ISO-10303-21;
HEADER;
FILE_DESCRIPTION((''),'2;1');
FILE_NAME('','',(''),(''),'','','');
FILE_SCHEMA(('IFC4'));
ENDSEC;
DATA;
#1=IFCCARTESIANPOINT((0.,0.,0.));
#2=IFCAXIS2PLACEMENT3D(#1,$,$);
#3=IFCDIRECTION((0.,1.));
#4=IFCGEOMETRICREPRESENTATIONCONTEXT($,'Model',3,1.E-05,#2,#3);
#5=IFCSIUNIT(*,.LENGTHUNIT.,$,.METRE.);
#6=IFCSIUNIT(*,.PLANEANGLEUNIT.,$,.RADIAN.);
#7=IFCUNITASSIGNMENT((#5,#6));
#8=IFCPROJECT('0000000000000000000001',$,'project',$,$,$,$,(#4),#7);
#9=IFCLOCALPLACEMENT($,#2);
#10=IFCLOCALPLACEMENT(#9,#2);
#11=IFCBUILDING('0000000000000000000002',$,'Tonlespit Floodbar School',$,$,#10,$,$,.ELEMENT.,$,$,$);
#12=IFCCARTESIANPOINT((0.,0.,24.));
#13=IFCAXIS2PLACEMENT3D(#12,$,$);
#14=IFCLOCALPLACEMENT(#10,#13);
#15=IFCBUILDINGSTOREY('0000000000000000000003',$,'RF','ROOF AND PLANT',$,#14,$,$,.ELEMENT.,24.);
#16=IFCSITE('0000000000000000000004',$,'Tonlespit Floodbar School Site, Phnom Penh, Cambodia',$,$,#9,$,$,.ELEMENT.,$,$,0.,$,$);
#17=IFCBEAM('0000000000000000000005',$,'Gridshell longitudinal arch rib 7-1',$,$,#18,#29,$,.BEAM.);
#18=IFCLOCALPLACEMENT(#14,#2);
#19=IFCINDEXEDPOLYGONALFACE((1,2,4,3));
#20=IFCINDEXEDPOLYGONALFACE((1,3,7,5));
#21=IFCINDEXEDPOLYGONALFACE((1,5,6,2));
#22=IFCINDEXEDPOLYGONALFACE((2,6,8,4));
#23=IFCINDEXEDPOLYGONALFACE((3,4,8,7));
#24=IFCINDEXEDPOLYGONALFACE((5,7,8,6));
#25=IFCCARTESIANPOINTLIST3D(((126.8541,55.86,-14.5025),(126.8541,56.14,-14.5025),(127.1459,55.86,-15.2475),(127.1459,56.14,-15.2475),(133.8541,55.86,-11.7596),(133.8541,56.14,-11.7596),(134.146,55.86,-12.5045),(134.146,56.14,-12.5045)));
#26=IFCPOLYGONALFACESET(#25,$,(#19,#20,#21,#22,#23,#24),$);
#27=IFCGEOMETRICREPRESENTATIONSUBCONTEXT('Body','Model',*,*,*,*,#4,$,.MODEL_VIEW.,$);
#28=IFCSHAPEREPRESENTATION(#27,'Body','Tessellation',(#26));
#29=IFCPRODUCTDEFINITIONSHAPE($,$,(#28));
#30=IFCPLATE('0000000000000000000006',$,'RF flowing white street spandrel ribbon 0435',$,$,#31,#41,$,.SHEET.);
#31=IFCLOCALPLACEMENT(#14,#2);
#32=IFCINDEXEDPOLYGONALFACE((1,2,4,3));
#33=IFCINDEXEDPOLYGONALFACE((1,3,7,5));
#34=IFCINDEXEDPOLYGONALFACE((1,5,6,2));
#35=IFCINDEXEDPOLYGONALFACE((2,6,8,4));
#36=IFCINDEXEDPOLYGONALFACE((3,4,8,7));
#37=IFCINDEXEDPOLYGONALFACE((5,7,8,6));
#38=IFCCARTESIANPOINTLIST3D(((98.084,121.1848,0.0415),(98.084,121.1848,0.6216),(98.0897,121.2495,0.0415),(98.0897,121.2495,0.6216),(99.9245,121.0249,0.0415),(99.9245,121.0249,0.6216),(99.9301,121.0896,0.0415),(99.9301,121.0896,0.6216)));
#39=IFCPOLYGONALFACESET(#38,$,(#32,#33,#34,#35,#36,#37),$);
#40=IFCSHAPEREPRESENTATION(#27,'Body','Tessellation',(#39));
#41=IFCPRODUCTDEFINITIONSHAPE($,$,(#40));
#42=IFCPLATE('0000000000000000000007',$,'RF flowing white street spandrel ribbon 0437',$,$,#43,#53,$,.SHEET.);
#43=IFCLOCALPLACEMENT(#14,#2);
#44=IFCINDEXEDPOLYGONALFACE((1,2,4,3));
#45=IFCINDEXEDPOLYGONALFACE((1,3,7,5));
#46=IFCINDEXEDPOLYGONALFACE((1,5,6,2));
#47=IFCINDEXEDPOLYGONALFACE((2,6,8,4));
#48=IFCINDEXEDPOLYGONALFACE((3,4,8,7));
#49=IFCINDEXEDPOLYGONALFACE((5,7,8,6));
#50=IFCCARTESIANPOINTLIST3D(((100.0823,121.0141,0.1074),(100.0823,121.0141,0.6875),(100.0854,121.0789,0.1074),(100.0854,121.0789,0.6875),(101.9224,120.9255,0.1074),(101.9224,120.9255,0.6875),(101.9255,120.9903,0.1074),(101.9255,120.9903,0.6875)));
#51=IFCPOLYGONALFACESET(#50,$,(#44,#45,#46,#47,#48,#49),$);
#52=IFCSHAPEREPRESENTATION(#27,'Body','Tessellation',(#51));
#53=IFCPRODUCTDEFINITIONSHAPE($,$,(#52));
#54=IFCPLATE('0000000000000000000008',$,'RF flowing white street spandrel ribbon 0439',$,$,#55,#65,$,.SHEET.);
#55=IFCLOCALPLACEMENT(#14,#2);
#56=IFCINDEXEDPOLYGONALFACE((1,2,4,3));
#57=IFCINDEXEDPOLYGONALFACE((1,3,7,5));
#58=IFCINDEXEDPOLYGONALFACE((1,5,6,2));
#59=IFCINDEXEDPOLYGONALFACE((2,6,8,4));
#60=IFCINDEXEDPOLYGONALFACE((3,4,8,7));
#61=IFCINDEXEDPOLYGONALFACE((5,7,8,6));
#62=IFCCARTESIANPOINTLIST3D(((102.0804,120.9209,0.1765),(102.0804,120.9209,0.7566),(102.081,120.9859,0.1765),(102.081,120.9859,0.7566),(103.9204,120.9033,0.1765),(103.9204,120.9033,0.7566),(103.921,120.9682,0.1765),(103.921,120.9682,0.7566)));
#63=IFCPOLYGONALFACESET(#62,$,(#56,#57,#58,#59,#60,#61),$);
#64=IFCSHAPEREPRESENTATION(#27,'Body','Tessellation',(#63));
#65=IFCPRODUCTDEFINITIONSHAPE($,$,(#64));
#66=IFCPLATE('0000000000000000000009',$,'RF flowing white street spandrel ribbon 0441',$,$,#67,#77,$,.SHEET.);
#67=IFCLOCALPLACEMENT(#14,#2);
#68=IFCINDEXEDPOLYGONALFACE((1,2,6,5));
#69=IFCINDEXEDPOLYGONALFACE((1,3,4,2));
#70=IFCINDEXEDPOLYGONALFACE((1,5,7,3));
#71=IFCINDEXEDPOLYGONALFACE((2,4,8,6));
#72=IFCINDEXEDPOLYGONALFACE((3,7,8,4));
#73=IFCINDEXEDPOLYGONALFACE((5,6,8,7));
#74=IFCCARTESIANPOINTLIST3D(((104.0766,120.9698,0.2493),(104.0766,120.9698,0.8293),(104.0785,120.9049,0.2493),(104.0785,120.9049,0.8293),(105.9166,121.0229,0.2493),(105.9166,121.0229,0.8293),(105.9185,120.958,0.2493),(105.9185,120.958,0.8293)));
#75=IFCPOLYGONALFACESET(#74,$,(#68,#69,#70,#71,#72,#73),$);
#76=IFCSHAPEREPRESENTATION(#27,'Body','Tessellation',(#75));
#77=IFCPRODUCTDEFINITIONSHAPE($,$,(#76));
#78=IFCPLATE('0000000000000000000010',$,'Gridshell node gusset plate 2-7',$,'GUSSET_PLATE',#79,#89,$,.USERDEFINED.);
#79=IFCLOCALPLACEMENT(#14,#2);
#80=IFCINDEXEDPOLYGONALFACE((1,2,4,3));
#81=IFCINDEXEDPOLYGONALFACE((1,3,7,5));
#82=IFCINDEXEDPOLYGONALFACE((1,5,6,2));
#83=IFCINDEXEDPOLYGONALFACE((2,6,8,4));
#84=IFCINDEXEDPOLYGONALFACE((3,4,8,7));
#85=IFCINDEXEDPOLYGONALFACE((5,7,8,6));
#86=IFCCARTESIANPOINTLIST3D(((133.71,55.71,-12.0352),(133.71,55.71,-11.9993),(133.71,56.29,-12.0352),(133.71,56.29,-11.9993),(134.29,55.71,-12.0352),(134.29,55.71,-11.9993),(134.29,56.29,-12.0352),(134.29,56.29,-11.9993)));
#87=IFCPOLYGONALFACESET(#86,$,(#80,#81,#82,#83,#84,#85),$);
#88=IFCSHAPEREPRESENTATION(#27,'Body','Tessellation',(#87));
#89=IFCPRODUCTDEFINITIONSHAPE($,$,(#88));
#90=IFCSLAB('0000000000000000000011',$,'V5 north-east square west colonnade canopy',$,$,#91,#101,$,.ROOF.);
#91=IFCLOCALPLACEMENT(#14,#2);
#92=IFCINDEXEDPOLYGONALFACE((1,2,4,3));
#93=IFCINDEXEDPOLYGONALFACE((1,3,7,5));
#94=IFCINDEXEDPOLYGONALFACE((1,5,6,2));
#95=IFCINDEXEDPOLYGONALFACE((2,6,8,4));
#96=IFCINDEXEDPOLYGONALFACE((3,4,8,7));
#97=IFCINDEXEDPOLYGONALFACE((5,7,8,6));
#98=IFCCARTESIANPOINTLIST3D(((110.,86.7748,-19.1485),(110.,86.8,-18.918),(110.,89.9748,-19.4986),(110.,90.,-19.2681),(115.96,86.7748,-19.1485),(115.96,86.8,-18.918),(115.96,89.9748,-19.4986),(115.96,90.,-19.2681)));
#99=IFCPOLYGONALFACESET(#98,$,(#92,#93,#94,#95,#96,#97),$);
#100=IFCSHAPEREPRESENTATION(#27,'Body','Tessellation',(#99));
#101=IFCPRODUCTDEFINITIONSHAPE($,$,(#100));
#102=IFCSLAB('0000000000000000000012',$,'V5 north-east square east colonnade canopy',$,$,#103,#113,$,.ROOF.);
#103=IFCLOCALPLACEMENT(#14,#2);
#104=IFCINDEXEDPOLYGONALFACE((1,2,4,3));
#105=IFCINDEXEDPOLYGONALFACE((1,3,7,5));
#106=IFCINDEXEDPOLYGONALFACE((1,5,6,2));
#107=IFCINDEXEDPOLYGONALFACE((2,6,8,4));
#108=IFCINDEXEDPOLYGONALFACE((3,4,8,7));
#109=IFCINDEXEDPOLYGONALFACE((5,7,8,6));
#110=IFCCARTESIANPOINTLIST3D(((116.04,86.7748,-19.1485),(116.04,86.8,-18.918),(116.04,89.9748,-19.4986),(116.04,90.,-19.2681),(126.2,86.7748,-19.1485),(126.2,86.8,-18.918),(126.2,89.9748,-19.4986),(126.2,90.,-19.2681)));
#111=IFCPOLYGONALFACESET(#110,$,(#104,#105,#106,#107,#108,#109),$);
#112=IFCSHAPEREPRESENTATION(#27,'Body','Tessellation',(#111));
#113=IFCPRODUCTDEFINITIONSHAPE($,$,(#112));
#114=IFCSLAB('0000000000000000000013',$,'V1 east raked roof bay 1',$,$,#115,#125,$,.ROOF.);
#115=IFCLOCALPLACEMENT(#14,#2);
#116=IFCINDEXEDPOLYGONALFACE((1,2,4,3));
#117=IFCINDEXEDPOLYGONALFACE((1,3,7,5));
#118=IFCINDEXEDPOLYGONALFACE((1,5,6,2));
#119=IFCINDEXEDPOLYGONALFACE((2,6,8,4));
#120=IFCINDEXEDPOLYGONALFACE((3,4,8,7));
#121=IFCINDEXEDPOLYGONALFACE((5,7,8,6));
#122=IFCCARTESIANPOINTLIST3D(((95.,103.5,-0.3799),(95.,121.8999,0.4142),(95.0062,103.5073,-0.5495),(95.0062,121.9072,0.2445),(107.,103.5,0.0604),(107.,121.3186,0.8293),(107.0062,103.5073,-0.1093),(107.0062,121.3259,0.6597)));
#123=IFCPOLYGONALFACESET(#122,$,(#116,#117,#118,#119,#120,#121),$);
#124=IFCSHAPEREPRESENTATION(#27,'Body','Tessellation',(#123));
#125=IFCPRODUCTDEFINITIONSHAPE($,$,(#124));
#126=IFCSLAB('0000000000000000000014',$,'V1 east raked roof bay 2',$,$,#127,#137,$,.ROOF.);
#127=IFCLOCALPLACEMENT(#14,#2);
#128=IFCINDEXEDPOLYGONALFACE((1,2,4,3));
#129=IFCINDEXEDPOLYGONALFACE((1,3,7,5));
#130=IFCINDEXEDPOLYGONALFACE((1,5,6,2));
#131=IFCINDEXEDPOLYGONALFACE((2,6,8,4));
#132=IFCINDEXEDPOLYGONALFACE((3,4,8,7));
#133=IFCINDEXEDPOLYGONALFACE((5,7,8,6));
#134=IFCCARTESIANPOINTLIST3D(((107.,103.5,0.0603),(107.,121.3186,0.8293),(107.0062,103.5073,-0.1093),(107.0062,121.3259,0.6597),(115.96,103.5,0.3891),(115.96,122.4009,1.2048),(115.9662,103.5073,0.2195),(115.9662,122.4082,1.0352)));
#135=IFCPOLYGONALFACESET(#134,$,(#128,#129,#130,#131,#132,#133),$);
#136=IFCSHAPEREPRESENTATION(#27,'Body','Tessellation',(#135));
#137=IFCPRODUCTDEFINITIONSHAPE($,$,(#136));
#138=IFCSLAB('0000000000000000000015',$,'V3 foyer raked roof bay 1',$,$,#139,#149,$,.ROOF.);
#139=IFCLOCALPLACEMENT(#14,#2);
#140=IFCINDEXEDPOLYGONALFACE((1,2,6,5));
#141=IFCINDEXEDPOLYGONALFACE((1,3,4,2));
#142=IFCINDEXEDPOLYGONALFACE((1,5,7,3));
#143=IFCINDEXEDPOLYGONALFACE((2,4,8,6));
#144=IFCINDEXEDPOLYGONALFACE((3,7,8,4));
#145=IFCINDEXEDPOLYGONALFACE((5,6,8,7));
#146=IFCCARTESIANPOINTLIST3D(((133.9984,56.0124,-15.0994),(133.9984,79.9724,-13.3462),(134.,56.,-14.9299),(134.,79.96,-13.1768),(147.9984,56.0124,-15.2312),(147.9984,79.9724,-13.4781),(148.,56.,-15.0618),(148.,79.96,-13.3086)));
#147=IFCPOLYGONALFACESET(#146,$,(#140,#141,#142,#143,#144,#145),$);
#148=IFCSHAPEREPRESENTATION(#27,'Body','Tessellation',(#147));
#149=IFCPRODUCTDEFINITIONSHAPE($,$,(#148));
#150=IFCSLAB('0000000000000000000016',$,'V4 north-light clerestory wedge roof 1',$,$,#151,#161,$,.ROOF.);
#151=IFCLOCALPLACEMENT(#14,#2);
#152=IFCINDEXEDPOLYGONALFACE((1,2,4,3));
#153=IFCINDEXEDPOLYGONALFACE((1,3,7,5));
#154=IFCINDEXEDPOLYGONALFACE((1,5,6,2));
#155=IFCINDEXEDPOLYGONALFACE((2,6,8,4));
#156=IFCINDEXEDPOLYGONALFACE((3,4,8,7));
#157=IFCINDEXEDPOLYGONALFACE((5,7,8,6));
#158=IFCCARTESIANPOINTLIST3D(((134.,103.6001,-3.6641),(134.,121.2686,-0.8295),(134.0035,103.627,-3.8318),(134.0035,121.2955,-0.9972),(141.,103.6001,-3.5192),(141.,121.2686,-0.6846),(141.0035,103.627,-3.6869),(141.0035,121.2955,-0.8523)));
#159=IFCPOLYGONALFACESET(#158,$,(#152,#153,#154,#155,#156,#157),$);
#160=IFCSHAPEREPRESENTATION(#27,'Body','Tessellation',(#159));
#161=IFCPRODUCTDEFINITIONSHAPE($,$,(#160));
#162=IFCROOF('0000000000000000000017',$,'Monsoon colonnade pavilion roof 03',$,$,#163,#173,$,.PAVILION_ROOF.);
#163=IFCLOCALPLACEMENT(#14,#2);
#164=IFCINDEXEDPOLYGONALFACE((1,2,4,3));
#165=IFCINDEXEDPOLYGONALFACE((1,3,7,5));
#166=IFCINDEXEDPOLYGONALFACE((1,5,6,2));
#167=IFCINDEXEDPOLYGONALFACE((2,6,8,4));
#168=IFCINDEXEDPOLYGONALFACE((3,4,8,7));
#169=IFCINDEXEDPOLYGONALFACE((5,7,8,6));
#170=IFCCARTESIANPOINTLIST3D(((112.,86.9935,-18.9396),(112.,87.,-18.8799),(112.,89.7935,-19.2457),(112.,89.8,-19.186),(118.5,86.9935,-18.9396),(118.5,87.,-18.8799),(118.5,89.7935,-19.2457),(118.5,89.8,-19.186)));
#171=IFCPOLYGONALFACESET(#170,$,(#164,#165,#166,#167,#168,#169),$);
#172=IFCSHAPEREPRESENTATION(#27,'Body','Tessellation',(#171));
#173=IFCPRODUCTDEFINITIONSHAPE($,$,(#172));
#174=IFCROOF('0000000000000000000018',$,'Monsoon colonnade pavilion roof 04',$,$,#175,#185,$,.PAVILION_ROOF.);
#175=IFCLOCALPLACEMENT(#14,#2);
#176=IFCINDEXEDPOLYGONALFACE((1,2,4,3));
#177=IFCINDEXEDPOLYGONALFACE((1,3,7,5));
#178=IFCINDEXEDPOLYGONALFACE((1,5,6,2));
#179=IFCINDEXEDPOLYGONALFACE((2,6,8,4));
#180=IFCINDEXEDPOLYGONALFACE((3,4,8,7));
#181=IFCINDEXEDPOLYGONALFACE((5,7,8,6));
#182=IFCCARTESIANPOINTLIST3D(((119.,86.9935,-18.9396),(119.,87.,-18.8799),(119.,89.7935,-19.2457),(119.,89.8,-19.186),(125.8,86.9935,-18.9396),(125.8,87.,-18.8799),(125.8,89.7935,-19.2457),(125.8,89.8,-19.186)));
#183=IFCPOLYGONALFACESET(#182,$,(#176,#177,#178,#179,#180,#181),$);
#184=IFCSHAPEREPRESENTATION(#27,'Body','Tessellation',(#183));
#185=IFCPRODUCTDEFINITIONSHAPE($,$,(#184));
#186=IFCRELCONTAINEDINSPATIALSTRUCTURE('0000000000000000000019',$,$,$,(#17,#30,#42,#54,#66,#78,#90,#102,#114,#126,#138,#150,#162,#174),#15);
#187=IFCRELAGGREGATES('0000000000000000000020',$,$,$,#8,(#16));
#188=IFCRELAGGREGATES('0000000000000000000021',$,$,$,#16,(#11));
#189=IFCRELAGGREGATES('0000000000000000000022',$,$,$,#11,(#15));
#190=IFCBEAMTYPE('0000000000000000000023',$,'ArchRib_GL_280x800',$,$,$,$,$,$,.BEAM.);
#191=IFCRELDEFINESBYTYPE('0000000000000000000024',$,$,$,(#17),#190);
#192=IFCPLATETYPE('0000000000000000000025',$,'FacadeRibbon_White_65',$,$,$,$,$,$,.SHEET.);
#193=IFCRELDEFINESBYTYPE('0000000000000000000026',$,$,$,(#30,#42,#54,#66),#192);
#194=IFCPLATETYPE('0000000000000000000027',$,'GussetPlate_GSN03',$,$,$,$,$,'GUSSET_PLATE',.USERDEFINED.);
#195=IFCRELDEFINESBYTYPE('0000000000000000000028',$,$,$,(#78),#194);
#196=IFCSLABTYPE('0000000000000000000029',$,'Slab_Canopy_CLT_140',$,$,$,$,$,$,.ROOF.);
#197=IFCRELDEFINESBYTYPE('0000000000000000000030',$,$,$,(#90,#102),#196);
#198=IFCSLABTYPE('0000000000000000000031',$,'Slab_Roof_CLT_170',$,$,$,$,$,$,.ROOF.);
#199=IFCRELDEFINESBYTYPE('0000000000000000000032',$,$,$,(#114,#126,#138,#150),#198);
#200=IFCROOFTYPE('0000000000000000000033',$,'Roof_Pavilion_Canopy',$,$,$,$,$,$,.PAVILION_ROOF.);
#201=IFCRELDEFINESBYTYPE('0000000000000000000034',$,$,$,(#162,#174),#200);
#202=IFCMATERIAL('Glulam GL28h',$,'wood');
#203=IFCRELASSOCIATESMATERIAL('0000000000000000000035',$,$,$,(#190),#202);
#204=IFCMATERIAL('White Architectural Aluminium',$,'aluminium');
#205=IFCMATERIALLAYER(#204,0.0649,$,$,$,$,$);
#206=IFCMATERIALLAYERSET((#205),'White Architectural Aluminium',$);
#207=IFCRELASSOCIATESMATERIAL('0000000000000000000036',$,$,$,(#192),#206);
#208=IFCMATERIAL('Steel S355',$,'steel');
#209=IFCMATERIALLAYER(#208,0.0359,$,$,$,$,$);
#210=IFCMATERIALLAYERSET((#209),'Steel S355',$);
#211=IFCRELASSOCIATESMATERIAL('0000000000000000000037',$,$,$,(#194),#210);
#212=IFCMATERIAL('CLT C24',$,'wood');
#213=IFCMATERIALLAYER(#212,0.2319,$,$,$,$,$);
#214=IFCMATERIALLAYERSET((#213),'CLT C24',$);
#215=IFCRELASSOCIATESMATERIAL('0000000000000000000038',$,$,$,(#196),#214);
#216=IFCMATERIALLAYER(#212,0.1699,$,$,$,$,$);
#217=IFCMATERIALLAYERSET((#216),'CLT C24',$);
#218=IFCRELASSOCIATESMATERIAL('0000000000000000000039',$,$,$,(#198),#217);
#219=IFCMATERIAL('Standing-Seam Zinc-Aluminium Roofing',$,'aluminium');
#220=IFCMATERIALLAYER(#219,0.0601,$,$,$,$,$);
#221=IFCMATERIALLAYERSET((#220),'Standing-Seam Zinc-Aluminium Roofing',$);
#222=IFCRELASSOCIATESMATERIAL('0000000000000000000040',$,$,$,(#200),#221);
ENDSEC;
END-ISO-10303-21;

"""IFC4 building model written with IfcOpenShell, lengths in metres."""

from ifc_helpers import new_model, si_unit, direction, frame, origin, origin_2d, place, context, subcontext, project, spatial, polyline, rectangle, outline, extrude, material, layer, layer_set, material_profile, profile_set, type_object, element, save


model = new_model("IFC4")

# Units and contexts
model_context = context("Model", 3, precision=1e-05, world=origin(), true_north=direction((0.0, 1.0)))
body_context = subcontext(model_context, "Body", "Model", "MODEL_VIEW")
ifc_project = project(units=[si_unit("LENGTHUNIT", "METRE"), si_unit("PLANEANGLEUNIT", "RADIAN")], contexts=[model_context])

# Site, building, storey
site_placement = place(None, origin())
site = spatial("IfcSite", under=ifc_project, at=site_placement, Name="Tonlespit Floodbar School Site, Phnom Penh, Cambodia", CompositionType="ELEMENT", RefElevation=0.0)
building_placement = place(site_placement, origin())
building = spatial("IfcBuilding", under=site, at=building_placement, Name="Tonlespit Floodbar School", CompositionType="ELEMENT")
storey_placement = place(building_placement, frame((0.0, 0.0, 24.0)))
storey = spatial("IfcBuildingStorey", under=building, at=storey_placement, Name="RF", Description="ROOF AND PLANT", CompositionType="ELEMENT", Elevation=24.0)

# Beam
ifc_material_1 = material(Name="Glulam GL28h", Category="wood")
ifc_material_profile = material_profile(ifc_material_1, rectangle(XDim=0.28, YDim=0.8, at=origin_2d()), Name="GL 280x800")
ifc_profile_set = profile_set([ifc_material_profile], Name="Glulam GL28h")
beam_type = type_object("IfcBeamType", Name="ArchRib_GL_280x800", PredefinedType="BEAM", material=ifc_profile_set)
beam_placement = place(storey_placement, frame((127.0, 56.0, -14.875), z_axis=(0.931072, 0.0, 0.364836), x_axis=(0.0, 1.0, 0.0)))
element("IfcBeam", 1, at=beam_placement, inside=storey, type_object=beam_type, Name="Gridshell longitudinal arch rib 7-1", PredefinedType="BEAM", context=body_context, shape_type="SweptSolid", body=[
    extrude(rectangle(XDim=0.28, YDim=0.8, at=origin_2d()), origin(), (0.0, 0.0, 1.0), 7.5183),
])

# Plates
ifc_material_2 = material(Name="White Architectural Aluminium", Category="aluminium")
ifc_layer_1 = layer(ifc_material_2, 0.0649)
ifc_layer_set_1 = layer_set([ifc_layer_1], Name="White Architectural Aluminium")
plate_type_1 = type_object("IfcPlateType", Name="FacadeRibbon_White_65", PredefinedType="SHEET", material=ifc_layer_set_1)
plate_1_placement = place(storey_placement, frame((99.0071, 121.1372, 0.0415), z_axis=(0.0, 0.0, 1.0), x_axis=(0.996245, -0.086573, 0.0)))
element("IfcPlate", 2, at=plate_1_placement, inside=storey, type_object=plate_type_1, Name="RF flowing white street spandrel ribbon 0435", PredefinedType="SHEET", context=body_context, shape_type="SweptSolid", body=[
    extrude(rectangle(XDim=1.8474, YDim=0.0649, at=origin_2d()), origin(), (0.0, 0.0, 1.0), 0.5801),
])
plate_2_placement = place(storey_placement, frame((101.0039, 121.0022, 0.1074), z_axis=(0.0, 0.0, 1.0), x_axis=(0.998843, -0.048095, 0.0)))
element("IfcPlate", 3, at=plate_2_placement, inside=storey, type_object=plate_type_1, Name="RF flowing white street spandrel ribbon 0437", PredefinedType="SHEET", context=body_context, shape_type="SweptSolid", body=[
    extrude(rectangle(XDim=1.8423, YDim=0.0649, at=origin_2d()), origin(), (0.0, 0.0, 1.0), 0.5801),
])
plate_3_placement = place(storey_placement, frame((103.0007, 120.9446, 0.1765), z_axis=(0.0, 0.0, 1.0), x_axis=(0.999954, -0.009599, 0.0)))
element("IfcPlate", 4, at=plate_3_placement, inside=storey, type_object=plate_type_1, Name="RF flowing white street spandrel ribbon 0439", PredefinedType="SHEET", context=body_context, shape_type="SweptSolid", body=[
    extrude(rectangle(XDim=1.8401, YDim=0.0649, at=origin_2d()), origin(), (0.0, 0.0, 1.0), 0.5801),
])
plate_4_placement = place(storey_placement, frame((104.9976, 120.9639, 0.2493), z_axis=(0.0, 0.0, 1.0), x_axis=(0.999584, 0.028838, 0.0)))
element("IfcPlate", 5, at=plate_4_placement, inside=storey, type_object=plate_type_1, Name="RF flowing white street spandrel ribbon 0441", PredefinedType="SHEET", context=body_context, shape_type="SweptSolid", body=[
    extrude(rectangle(XDim=1.8408, YDim=0.0649, at=origin_2d()), origin(), (0.0, 0.0, 1.0), 0.5801),
])
ifc_material_3 = material(Name="Steel S355", Category="steel")
ifc_layer_2 = layer(ifc_material_3, 0.0359)
ifc_layer_set_2 = layer_set([ifc_layer_2], Name="Steel S355")
plate_type_2 = type_object("IfcPlateType", Name="GussetPlate_GSN03", ElementType="GUSSET_PLATE", PredefinedType="USERDEFINED", material=ifc_layer_set_2)
plate_5_placement = place(storey_placement, frame((134.0, 56.0, -12.0352), z_axis=(0.0, 0.0, 1.0), x_axis=(1.0, 0.0, 0.0)))
element("IfcPlate", 6, at=plate_5_placement, inside=storey, type_object=plate_type_2, Name="Gridshell node gusset plate 2-7", ObjectType="GUSSET_PLATE", PredefinedType="USERDEFINED", context=body_context, shape_type="SweptSolid", body=[
    extrude(rectangle(XDim=0.5801, YDim=0.5801, at=origin_2d()), origin(), (0.0, 0.0, 1.0), 0.0359),
])

# Slabs
ifc_material_4 = material(Name="CLT C24", Category="wood")
ifc_layer_3 = layer(ifc_material_4, 0.2319)
ifc_layer_set_3 = layer_set([ifc_layer_3], Name="CLT C24")
slab_type_1 = type_object("IfcSlabType", Name="Slab_Canopy_CLT_140", PredefinedType="ROOF", material=ifc_layer_set_3)
slab_1_placement = place(storey_placement, frame((110.0, 86.8, -18.918), z_axis=(0.0, 0.108758, 0.994068), x_axis=(1.0, 0.0, 0.0)))
element("IfcSlab", 7, at=slab_1_placement, inside=storey, type_object=slab_type_1, Name="V5 north-east square west colonnade canopy", PredefinedType="ROOF", context=body_context, shape_type="SweptSolid", body=[
    extrude(outline(polyline([(0.0, 0.0), (5.96, 0.0), (5.96, 3.219), (0.0, 3.219), (0.0, 0.0)])), origin(), (0.0, 0.0, -1.0), 0.2319),
])
slab_2_placement = place(storey_placement, frame((116.04, 86.8, -18.918), z_axis=(0.0, 0.108758, 0.994068), x_axis=(1.0, 0.0, 0.0)))
element("IfcSlab", 8, at=slab_2_placement, inside=storey, type_object=slab_type_1, Name="V5 north-east square east colonnade canopy", PredefinedType="ROOF", context=body_context, shape_type="SweptSolid", body=[
    extrude(outline(polyline([(0.0, 0.0), (10.1599, 0.0), (10.1599, 3.219), (0.0, 3.219), (0.0, 0.0)])), origin(), (0.0, 0.0, -1.0), 0.2319),
])
ifc_layer_4 = layer(ifc_material_4, 0.1699)
ifc_layer_set_4 = layer_set([ifc_layer_4], Name="CLT C24")
slab_type_2 = type_object("IfcSlabType", Name="Slab_Roof_CLT_170", PredefinedType="ROOF", material=ifc_layer_set_4)
slab_3_placement = place(storey_placement, frame((95.0, 103.5, -0.3799), z_axis=(-0.036631, -0.043085, 0.9984), x_axis=(0.999328, 0.0, 0.036665)))
element("IfcSlab", 9, at=slab_3_placement, inside=storey, type_object=slab_type_2, Name="V1 east raked roof bay 1", PredefinedType="ROOF", context=body_context, shape_type="SweptSolid", body=[
    extrude(outline(polyline([(0.0, 0.0), (12.0081, 0.0), (12.0363, 17.8352), (0.0291, 18.417), (0.0, 0.0)])), origin(), (0.0, 0.0, -1.0), 0.1699),
])
slab_4_placement = place(storey_placement, frame((107.0, 103.5, 0.0603), z_axis=(-0.03664, -0.043088, 0.998399), x_axis=(0.999327, 0.0, 0.036674)))
element("IfcSlab", 10, at=slab_4_placement, inside=storey, type_object=slab_type_2, Name="V1 east raked roof bay 2", PredefinedType="ROOF", context=body_context, shape_type="SweptSolid", body=[
    extrude(outline(polyline([(0.0, 0.0), (8.966, 0.0), (8.9959, 18.9184), (0.0282, 17.8352), (0.0, 0.0)])), origin(), (0.0, 0.0, -1.0), 0.1699),
])
slab_5_placement = place(storey_placement, frame((134.0, 56.0, -14.9299), z_axis=(0.009391, -0.072973, 0.99729), x_axis=(0.999956, 0.0, -0.009416)))
element("IfcSlab", 11, at=slab_5_placement, inside=storey, type_object=slab_type_2, Name="V3 foyer raked roof bay 1", PredefinedType="ROOF", context=body_context, shape_type="SweptSolid", body=[
    extrude(outline(polyline([(0.0, 0.0), (14.0006, 0.0), (13.9841, 24.024), (-0.0165, 24.024), (0.0, 0.0)])), origin(), (0.0, 0.0, -1.0), 0.1699),
])
slab_6_placement = place(storey_placement, frame((134.0, 103.6001, -3.6641), z_axis=(-0.020434, -0.158374, 0.987168), x_axis=(0.999786, 0.000003, 0.020696)))
element("IfcSlab", 12, at=slab_6_placement, inside=storey, type_object=slab_type_2, Name="V4 north-light clerestory wedge roof 1", PredefinedType="ROOF", context=body_context, shape_type="SweptSolid", body=[
    extrude(outline(polyline([(0.0, 0.0), (7.0015, 0.0), (7.0602, 17.8943), (0.0587, 17.8943), (0.0, 0.0)])), origin(), (0.0, 0.0, -1.0), 0.1699),
])

# Roofs
ifc_material_5 = material(Name="Standing-Seam Zinc-Aluminium Roofing", Category="aluminium")
ifc_layer_5 = layer(ifc_material_5, 0.0601)
ifc_layer_set_5 = layer_set([ifc_layer_5], Name="Standing-Seam Zinc-Aluminium Roofing")
roof_type = type_object("IfcRoofType", Name="Roof_Pavilion_Canopy", PredefinedType="PAVILION_ROOF", material=ifc_layer_set_5)
roof_1_placement = place(storey_placement, frame((112.0, 87.0, -18.8799), z_axis=(0.0, 0.10869, 0.994076), x_axis=(1.0, 0.0, 0.0)))
element("IfcRoof", 13, at=roof_1_placement, inside=storey, type_object=roof_type, Name="Monsoon colonnade pavilion roof 03", PredefinedType="PAVILION_ROOF", context=body_context, shape_type="SweptSolid", body=[
    extrude(outline(polyline([(0.0, 0.0), (6.5, 0.0), (6.5, 2.8167), (0.0, 2.8167), (0.0, 0.0)])), origin(), (0.0, 0.0, -1.0), 0.0601),
])
roof_2_placement = place(storey_placement, frame((119.0, 87.0, -18.8799), z_axis=(0.0, 0.10869, 0.994076), x_axis=(1.0, 0.0, 0.0)))
element("IfcRoof", 14, at=roof_2_placement, inside=storey, type_object=roof_type, Name="Monsoon colonnade pavilion roof 04", PredefinedType="PAVILION_ROOF", context=body_context, shape_type="SweptSolid", body=[
    extrude(outline(polyline([(0.0, 0.0), (6.8, 0.0), (6.8, 2.8167), (0.0, 2.8167), (0.0, 0.0)])), origin(), (0.0, 0.0, -1.0), 0.0601),
])

save(model, "model.ifc")
